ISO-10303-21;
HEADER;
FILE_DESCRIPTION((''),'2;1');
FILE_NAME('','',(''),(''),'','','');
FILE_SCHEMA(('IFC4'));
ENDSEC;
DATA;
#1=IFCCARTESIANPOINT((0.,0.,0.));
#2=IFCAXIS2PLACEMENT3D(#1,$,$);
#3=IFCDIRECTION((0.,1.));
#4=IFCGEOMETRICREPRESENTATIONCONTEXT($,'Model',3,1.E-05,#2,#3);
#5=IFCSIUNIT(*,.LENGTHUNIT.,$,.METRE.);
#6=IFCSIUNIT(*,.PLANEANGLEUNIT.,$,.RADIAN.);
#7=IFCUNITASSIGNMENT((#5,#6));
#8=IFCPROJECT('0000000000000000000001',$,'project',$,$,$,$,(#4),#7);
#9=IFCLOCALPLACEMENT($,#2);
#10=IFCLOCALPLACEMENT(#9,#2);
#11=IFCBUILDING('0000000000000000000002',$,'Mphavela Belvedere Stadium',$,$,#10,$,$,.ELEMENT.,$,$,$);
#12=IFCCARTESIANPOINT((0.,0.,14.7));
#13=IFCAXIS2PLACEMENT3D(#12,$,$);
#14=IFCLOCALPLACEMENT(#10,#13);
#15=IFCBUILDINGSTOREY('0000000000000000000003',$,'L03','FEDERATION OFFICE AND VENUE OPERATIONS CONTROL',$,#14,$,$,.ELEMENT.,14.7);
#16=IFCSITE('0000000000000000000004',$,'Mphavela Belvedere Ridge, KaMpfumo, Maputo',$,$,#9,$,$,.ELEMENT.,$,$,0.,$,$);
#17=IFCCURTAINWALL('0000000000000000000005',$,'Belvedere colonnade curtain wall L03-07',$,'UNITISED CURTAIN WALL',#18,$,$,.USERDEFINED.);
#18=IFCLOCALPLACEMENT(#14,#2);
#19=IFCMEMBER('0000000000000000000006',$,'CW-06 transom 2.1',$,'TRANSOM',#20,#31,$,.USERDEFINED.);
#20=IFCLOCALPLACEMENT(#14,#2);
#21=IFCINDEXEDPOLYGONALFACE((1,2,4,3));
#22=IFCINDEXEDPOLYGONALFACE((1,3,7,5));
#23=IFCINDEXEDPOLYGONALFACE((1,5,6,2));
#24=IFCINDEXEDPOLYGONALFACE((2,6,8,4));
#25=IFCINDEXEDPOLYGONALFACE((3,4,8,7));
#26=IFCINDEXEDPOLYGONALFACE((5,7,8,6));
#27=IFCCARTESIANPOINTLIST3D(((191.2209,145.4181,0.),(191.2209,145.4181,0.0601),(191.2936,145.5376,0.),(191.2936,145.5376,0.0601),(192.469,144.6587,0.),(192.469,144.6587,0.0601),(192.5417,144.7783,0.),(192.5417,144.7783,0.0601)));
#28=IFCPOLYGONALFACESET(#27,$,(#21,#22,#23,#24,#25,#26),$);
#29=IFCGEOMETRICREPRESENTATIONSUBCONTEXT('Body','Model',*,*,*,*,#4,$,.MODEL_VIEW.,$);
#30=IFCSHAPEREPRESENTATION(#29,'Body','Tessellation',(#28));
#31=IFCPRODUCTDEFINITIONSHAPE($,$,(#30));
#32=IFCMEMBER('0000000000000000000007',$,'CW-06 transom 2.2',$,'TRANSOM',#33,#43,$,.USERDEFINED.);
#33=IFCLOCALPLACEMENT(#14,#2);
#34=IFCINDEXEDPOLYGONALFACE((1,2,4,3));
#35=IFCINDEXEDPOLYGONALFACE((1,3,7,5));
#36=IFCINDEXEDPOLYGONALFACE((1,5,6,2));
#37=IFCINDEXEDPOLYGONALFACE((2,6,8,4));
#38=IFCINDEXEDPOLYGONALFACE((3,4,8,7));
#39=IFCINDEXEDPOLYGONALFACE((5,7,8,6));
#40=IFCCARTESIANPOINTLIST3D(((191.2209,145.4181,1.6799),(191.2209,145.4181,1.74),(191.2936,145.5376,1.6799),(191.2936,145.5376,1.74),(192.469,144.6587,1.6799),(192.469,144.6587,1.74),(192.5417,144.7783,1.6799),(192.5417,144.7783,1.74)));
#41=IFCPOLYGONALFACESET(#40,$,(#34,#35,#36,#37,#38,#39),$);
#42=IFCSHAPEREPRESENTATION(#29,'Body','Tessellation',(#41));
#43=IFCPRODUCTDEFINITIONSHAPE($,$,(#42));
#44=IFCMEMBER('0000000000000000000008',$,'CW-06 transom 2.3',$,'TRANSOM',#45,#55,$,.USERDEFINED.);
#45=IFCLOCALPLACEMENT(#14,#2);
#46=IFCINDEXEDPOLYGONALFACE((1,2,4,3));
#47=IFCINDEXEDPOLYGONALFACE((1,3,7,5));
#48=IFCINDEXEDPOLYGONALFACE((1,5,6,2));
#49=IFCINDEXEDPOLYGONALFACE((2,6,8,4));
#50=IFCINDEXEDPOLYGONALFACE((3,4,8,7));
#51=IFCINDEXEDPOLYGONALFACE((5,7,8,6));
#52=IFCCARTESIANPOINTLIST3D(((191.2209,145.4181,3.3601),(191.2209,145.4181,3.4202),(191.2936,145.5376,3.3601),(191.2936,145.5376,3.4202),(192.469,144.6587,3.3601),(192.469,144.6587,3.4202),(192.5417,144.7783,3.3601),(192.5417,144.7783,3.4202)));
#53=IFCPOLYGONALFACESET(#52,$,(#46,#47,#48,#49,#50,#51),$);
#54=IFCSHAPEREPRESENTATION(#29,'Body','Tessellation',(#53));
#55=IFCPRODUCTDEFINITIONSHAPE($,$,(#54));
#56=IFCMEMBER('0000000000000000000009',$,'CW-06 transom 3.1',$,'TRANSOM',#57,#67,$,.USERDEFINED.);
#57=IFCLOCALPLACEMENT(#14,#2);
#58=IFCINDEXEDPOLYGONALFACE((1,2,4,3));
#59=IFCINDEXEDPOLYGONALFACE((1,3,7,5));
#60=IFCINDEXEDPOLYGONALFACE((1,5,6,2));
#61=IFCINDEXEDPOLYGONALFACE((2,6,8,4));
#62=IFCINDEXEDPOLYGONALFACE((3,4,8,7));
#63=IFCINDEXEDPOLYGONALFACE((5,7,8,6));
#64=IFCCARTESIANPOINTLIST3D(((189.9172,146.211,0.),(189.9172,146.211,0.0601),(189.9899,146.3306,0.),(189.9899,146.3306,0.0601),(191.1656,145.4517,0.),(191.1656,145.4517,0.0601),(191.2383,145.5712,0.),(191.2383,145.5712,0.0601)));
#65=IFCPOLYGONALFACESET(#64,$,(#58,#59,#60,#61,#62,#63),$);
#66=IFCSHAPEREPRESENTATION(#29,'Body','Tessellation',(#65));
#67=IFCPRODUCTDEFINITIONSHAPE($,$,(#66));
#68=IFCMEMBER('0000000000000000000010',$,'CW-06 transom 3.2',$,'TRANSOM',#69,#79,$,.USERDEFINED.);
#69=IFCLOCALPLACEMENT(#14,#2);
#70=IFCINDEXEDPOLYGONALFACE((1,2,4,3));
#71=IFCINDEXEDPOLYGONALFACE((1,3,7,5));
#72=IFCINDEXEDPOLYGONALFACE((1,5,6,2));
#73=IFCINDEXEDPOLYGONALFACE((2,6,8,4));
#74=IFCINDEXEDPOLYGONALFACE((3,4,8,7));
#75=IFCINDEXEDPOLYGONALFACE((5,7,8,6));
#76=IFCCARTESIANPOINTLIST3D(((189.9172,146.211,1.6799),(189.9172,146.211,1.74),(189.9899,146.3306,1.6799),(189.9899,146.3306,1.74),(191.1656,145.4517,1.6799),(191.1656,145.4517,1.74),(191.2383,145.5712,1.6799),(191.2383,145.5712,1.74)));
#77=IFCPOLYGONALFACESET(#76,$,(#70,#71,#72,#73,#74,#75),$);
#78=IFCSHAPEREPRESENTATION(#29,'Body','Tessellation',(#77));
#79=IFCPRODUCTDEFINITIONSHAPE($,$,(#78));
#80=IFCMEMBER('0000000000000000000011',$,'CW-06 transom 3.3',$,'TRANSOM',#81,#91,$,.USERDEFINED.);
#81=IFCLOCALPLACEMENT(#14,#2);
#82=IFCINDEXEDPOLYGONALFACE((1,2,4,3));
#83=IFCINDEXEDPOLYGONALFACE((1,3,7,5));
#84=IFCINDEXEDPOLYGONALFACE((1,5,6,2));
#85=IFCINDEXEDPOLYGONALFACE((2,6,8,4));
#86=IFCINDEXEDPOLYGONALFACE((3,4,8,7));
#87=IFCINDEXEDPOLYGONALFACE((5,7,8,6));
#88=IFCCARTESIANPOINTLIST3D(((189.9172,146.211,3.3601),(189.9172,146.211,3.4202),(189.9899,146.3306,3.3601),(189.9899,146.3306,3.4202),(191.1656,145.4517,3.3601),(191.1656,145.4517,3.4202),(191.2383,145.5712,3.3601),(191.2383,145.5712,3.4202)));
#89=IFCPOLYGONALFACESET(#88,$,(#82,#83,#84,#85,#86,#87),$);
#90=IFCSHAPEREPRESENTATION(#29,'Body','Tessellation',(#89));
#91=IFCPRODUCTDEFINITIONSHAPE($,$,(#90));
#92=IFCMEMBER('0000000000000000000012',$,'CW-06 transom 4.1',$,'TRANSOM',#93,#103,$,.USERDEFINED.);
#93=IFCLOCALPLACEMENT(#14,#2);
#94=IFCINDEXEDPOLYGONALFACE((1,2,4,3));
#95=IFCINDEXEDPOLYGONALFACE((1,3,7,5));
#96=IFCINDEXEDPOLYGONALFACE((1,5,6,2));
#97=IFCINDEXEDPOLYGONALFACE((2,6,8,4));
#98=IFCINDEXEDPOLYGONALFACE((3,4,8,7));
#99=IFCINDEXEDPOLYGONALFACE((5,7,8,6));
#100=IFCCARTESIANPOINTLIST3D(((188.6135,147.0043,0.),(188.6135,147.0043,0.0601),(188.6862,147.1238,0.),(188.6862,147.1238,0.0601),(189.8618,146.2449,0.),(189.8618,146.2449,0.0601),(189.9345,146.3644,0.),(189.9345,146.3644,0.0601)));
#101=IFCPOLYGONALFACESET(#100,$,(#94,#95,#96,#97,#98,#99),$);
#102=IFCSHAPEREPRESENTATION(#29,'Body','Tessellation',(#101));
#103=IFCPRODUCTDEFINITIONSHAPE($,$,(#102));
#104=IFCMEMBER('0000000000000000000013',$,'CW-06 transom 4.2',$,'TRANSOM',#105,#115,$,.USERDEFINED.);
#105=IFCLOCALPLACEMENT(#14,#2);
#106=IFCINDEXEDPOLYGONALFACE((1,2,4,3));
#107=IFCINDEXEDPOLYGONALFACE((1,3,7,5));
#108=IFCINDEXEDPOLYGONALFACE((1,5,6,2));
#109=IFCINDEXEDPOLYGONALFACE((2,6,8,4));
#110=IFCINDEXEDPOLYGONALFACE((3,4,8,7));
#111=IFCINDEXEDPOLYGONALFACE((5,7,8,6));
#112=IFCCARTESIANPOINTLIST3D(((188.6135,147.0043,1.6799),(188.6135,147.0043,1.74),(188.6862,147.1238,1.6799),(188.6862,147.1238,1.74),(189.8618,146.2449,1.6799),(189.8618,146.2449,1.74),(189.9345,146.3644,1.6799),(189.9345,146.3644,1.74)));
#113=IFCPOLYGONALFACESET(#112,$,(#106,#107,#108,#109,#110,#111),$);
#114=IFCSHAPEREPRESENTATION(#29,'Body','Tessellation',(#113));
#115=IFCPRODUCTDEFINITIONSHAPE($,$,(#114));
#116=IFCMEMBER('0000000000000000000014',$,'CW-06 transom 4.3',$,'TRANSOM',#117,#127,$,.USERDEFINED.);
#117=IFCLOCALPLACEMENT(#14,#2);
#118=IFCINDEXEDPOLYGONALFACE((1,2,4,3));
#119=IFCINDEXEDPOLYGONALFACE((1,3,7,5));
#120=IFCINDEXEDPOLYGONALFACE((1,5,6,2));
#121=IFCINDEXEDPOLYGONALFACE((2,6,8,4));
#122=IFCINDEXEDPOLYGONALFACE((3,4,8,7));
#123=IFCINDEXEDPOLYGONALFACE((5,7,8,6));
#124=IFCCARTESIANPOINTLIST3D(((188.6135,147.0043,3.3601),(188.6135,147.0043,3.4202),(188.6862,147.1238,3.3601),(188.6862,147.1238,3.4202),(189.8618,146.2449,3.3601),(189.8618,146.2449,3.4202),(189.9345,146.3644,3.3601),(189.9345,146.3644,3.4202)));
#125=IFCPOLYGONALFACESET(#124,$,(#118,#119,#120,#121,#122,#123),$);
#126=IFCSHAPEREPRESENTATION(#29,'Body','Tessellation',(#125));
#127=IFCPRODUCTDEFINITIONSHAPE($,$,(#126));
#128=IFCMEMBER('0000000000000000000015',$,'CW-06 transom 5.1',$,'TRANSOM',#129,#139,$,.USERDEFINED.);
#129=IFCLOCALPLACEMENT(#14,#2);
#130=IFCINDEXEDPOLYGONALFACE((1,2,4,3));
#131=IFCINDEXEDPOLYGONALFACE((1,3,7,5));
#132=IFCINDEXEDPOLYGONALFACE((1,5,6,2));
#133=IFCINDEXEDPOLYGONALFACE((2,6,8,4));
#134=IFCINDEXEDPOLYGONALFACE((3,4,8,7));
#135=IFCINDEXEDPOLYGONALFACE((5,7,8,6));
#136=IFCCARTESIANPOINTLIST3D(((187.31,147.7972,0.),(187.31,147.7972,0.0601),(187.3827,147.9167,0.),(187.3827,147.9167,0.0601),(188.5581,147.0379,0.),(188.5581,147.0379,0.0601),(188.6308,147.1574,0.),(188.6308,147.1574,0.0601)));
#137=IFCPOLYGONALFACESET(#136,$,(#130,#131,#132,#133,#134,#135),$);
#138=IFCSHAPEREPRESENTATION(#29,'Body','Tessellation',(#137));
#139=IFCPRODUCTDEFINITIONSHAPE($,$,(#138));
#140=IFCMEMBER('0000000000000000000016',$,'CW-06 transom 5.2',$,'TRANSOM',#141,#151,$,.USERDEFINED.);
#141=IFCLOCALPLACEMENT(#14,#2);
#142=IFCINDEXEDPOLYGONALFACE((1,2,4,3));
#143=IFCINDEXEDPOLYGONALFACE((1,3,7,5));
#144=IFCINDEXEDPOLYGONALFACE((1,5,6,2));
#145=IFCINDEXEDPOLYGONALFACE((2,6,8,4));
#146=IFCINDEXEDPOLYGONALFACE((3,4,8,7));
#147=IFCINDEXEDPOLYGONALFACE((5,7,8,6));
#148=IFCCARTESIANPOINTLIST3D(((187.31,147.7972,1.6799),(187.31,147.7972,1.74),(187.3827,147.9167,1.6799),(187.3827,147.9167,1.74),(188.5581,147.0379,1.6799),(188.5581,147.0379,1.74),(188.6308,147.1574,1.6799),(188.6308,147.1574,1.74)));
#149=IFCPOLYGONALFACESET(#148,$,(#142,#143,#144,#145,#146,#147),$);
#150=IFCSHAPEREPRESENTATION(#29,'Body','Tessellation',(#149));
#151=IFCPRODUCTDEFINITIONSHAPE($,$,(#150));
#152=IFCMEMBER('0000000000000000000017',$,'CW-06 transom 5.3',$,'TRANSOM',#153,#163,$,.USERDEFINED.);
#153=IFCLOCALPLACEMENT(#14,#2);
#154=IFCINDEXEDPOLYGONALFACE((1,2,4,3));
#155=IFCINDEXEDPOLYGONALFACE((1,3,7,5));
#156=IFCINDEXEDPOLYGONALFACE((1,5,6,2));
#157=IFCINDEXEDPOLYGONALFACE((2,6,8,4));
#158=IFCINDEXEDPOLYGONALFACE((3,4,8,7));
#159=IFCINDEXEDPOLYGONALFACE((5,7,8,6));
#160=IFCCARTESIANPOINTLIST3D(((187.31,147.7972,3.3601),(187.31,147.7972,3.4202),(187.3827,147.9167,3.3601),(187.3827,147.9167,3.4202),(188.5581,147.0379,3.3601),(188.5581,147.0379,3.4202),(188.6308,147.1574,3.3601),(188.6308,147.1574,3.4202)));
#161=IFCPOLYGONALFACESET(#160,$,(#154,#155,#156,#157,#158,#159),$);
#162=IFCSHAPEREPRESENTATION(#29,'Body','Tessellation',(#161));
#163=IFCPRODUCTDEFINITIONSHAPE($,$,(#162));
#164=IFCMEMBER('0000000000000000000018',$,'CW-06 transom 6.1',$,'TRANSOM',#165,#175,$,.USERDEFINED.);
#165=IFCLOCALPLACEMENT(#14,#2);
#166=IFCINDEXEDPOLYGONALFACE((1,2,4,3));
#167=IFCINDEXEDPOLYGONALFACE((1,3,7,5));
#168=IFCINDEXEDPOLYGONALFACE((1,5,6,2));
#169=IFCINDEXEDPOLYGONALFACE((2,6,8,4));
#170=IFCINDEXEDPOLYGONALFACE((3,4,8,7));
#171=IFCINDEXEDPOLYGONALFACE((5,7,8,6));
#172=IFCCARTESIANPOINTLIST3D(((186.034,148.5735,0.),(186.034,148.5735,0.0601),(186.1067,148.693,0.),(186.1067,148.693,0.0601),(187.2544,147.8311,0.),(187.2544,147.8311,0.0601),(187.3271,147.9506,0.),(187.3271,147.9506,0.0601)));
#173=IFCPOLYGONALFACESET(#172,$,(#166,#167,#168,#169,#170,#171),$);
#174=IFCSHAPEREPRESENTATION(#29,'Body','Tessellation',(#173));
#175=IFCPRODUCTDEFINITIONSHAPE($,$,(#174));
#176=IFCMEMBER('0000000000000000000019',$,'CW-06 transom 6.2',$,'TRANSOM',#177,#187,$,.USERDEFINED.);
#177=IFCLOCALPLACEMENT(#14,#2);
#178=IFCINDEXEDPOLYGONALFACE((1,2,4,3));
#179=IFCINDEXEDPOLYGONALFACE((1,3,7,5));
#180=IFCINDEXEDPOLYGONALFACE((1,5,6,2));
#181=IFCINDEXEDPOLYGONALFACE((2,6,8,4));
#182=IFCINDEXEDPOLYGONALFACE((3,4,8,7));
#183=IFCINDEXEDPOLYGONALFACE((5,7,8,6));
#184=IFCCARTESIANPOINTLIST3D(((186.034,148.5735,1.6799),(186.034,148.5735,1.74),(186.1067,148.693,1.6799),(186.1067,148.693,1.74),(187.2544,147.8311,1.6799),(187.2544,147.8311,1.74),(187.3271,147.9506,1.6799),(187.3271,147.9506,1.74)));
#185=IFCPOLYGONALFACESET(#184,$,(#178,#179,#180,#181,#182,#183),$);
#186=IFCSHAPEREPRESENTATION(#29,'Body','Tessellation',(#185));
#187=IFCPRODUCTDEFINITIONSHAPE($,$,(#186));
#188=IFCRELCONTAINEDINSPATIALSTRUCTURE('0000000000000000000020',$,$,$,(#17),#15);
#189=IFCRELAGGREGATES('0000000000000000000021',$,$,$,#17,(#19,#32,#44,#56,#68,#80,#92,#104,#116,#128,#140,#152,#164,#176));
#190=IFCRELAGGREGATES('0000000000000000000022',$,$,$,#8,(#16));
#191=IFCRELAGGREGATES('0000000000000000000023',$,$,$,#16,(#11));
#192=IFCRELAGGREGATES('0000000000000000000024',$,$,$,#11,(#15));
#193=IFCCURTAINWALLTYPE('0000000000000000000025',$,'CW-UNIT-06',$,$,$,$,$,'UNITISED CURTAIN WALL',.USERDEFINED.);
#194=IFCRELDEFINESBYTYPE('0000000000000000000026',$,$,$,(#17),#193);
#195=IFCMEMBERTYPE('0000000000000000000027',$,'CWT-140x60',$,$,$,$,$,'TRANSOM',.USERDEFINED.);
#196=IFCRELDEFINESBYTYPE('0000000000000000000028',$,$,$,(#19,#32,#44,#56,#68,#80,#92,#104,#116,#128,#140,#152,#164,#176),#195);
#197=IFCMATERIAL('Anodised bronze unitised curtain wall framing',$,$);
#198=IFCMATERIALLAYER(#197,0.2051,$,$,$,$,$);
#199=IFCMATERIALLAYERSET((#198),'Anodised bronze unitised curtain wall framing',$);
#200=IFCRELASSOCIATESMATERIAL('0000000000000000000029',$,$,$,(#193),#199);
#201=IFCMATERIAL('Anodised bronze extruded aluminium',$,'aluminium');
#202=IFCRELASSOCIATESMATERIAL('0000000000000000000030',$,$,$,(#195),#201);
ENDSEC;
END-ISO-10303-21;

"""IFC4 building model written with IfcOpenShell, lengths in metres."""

from ifc_helpers import new_model, si_unit, direction, frame, origin, origin_2d, place, context, subcontext, project, spatial, rectangle, extrude, material, layer, layer_set, material_profile, profile_set, type_object, element, aggregate, save


model = new_model("IFC4")

# Units and contexts
model_context = context("Model", 3, precision=1e-05, world=origin(), true_north=direction((0.0, 1.0)))
body_context = subcontext(model_context, "Body", "Model", "MODEL_VIEW")
ifc_project = project(units=[si_unit("LENGTHUNIT", "METRE"), si_unit("PLANEANGLEUNIT", "RADIAN")], contexts=[model_context])

# Site, building, storey
site_placement = place(None, origin())
site = spatial("IfcSite", under=ifc_project, at=site_placement, Name="Mphavela Belvedere Ridge, KaMpfumo, Maputo", CompositionType="ELEMENT", RefElevation=0.0)
building_placement = place(site_placement, origin())
building = spatial("IfcBuilding", under=site, at=building_placement, Name="Mphavela Belvedere Stadium", CompositionType="ELEMENT")
storey_placement = place(building_placement, frame((0.0, 0.0, 14.7)))
storey = spatial("IfcBuildingStorey", under=building, at=storey_placement, Name="L03", Description="FEDERATION OFFICE AND VENUE OPERATIONS CONTROL", CompositionType="ELEMENT", Elevation=14.7)

# Curtain wall, members
ifc_material_1 = material(Name="Anodised bronze unitised curtain wall framing")
ifc_layer_1 = layer(ifc_material_1, 0.2051)
ifc_layer_set_1 = layer_set([ifc_layer_1], Name="Anodised bronze unitised curtain wall framing")
curtain_wall_type = type_object("IfcCurtainWallType", Name="CW-UNIT-06", ElementType="UNITISED CURTAIN WALL", PredefinedType="USERDEFINED", material=ifc_layer_set_1)
curtain_wall_placement = place(storey_placement, origin())
curtain_wall = element("IfcCurtainWall", 1, at=curtain_wall_placement, inside=storey, type_object=curtain_wall_type, Name="Belvedere colonnade curtain wall L03-07", ObjectType="UNITISED CURTAIN WALL", PredefinedType="USERDEFINED")
ifc_material_2 = material(Name="Anodised bronze extruded aluminium", Category="aluminium")
ifc_material_profile_1 = material_profile(ifc_material_2, rectangle(XDim=0.1399, YDim=0.0601, at=origin_2d()), Name="CW-TRN 140x60")
ifc_profile_set_1 = profile_set([ifc_material_profile_1], Name="Anodised bronze extruded aluminium")
member_type_1 = type_object("IfcMemberType", Name="CWT-140x60", ElementType="TRANSOM", PredefinedType="USERDEFINED", material=ifc_profile_set_1)
member_1_placement = place(storey_placement, frame((192.5054, 144.7185, 0.03), z_axis=(-0.854321, 0.519745, 0.0), x_axis=(-0.519745, -0.854321, 0.0)))
member_1 = element("IfcMember", 2, at=member_1_placement, type_object=member_type_1, Name="CW-06 transom 2.1", ObjectType="TRANSOM", PredefinedType="USERDEFINED", context=body_context, shape_type="SweptSolid", body=[
    extrude(rectangle(XDim=0.1399, YDim=0.0601, at=origin_2d()), origin(), (0.0, 0.0, 1.0), 1.4609),
])
member_2_placement = place(storey_placement, frame((192.5054, 144.7185, 1.71), z_axis=(-0.854321, 0.519745, 0.0), x_axis=(-0.519745, -0.854321, 0.0)))
member_2 = element("IfcMember", 3, at=member_2_placement, type_object=member_type_1, Name="CW-06 transom 2.2", ObjectType="TRANSOM", PredefinedType="USERDEFINED", context=body_context, shape_type="SweptSolid", body=[
    extrude(rectangle(XDim=0.1399, YDim=0.0601, at=origin_2d()), origin(), (0.0, 0.0, 1.0), 1.4609),
])
member_3_placement = place(storey_placement, frame((192.5054, 144.7185, 3.3901), z_axis=(-0.854321, 0.519745, 0.0), x_axis=(-0.519745, -0.854321, 0.0)))
member_3 = element("IfcMember", 4, at=member_3_placement, type_object=member_type_1, Name="CW-06 transom 2.3", ObjectType="TRANSOM", PredefinedType="USERDEFINED", context=body_context, shape_type="SweptSolid", body=[
    extrude(rectangle(XDim=0.1399, YDim=0.0601, at=origin_2d()), origin(), (0.0, 0.0, 1.0), 1.4609),
])
member_4_placement = place(storey_placement, frame((191.2019, 145.5115, 0.03), z_axis=(-0.854366, 0.519671, 0.0), x_axis=(-0.519671, -0.854366, 0.0)))
member_4 = element("IfcMember", 5, at=member_4_placement, type_object=member_type_1, Name="CW-06 transom 3.1", ObjectType="TRANSOM", PredefinedType="USERDEFINED", context=body_context, shape_type="SweptSolid", body=[
    extrude(rectangle(XDim=0.1399, YDim=0.0601, at=origin_2d()), origin(), (0.0, 0.0, 1.0), 1.4612),
])
member_5_placement = place(storey_placement, frame((191.2019, 145.5115, 1.71), z_axis=(-0.854366, 0.519671, 0.0), x_axis=(-0.519671, -0.854366, 0.0)))
member_5 = element("IfcMember", 6, at=member_5_placement, type_object=member_type_1, Name="CW-06 transom 3.2", ObjectType="TRANSOM", PredefinedType="USERDEFINED", context=body_context, shape_type="SweptSolid", body=[
    extrude(rectangle(XDim=0.1399, YDim=0.0601, at=origin_2d()), origin(), (0.0, 0.0, 1.0), 1.4612),
])
member_6_placement = place(storey_placement, frame((191.2019, 145.5115, 3.3901), z_axis=(-0.854366, 0.519671, 0.0), x_axis=(-0.519671, -0.854366, 0.0)))
member_6 = element("IfcMember", 7, at=member_6_placement, type_object=member_type_1, Name="CW-06 transom 3.3", ObjectType="TRANSOM", PredefinedType="USERDEFINED", context=body_context, shape_type="SweptSolid", body=[
    extrude(rectangle(XDim=0.1399, YDim=0.0601, at=origin_2d()), origin(), (0.0, 0.0, 1.0), 1.4612),
])
member_7_placement = place(storey_placement, frame((189.8982, 146.3047, 0.03), z_axis=(-0.854366, 0.519671, 0.0), x_axis=(-0.519671, -0.854366, 0.0)))
member_7 = element("IfcMember", 8, at=member_7_placement, type_object=member_type_1, Name="CW-06 transom 4.1", ObjectType="TRANSOM", PredefinedType="USERDEFINED", context=body_context, shape_type="SweptSolid", body=[
    extrude(rectangle(XDim=0.1399, YDim=0.0601, at=origin_2d()), origin(), (0.0, 0.0, 1.0), 1.4612),
])
member_8_placement = place(storey_placement, frame((189.8982, 146.3047, 1.71), z_axis=(-0.854366, 0.519671, 0.0), x_axis=(-0.519671, -0.854366, 0.0)))
member_8 = element("IfcMember", 9, at=member_8_placement, type_object=member_type_1, Name="CW-06 transom 4.2", ObjectType="TRANSOM", PredefinedType="USERDEFINED", context=body_context, shape_type="SweptSolid", body=[
    extrude(rectangle(XDim=0.1399, YDim=0.0601, at=origin_2d()), origin(), (0.0, 0.0, 1.0), 1.4612),
])
member_9_placement = place(storey_placement, frame((189.8982, 146.3047, 3.3901), z_axis=(-0.854366, 0.519671, 0.0), x_axis=(-0.519671, -0.854366, 0.0)))
member_9 = element("IfcMember", 10, at=member_9_placement, type_object=member_type_1, Name="CW-06 transom 4.3", ObjectType="TRANSOM", PredefinedType="USERDEFINED", context=body_context, shape_type="SweptSolid", body=[
    extrude(rectangle(XDim=0.1399, YDim=0.0601, at=origin_2d()), origin(), (0.0, 0.0, 1.0), 1.4612),
])
member_10_placement = place(storey_placement, frame((188.5945, 147.0977, 0.03), z_axis=(-0.854321, 0.519745, 0.0), x_axis=(-0.519745, -0.854321, 0.0)))
member_10 = element("IfcMember", 11, at=member_10_placement, type_object=member_type_1, Name="CW-06 transom 5.1", ObjectType="TRANSOM", PredefinedType="USERDEFINED", context=body_context, shape_type="SweptSolid", body=[
    extrude(rectangle(XDim=0.1399, YDim=0.0601, at=origin_2d()), origin(), (0.0, 0.0, 1.0), 1.4609),
])
member_11_placement = place(storey_placement, frame((188.5945, 147.0977, 1.71), z_axis=(-0.854321, 0.519745, 0.0), x_axis=(-0.519745, -0.854321, 0.0)))
member_11 = element("IfcMember", 12, at=member_11_placement, type_object=member_type_1, Name="CW-06 transom 5.2", ObjectType="TRANSOM", PredefinedType="USERDEFINED", context=body_context, shape_type="SweptSolid", body=[
    extrude(rectangle(XDim=0.1399, YDim=0.0601, at=origin_2d()), origin(), (0.0, 0.0, 1.0), 1.4609),
])
member_12_placement = place(storey_placement, frame((188.5945, 147.0977, 3.3901), z_axis=(-0.854321, 0.519745, 0.0), x_axis=(-0.519745, -0.854321, 0.0)))
member_12 = element("IfcMember", 13, at=member_12_placement, type_object=member_type_1, Name="CW-06 transom 5.3", ObjectType="TRANSOM", PredefinedType="USERDEFINED", context=body_context, shape_type="SweptSolid", body=[
    extrude(rectangle(XDim=0.1399, YDim=0.0601, at=origin_2d()), origin(), (0.0, 0.0, 1.0), 1.4609),
])
member_13_placement = place(storey_placement, frame((187.2908, 147.8909, 0.03), z_axis=(-0.85434, 0.519714, 0.0), x_axis=(-0.519714, -0.85434, 0.0)))
member_13 = element("IfcMember", 14, at=member_13_placement, type_object=member_type_1, Name="CW-06 transom 6.1", ObjectType="TRANSOM", PredefinedType="USERDEFINED", context=body_context, shape_type="SweptSolid", body=[
    extrude(rectangle(XDim=0.1399, YDim=0.0601, at=origin_2d()), origin(), (0.0, 0.0, 1.0), 1.4285),
])
member_14_placement = place(storey_placement, frame((187.2908, 147.8909, 1.71), z_axis=(-0.85434, 0.519714, 0.0), x_axis=(-0.519714, -0.85434, 0.0)))
member_14 = element("IfcMember", 15, at=member_14_placement, type_object=member_type_1, Name="CW-06 transom 6.2", ObjectType="TRANSOM", PredefinedType="USERDEFINED", context=body_context, shape_type="SweptSolid", body=[
    extrude(rectangle(XDim=0.1399, YDim=0.0601, at=origin_2d()), origin(), (0.0, 0.0, 1.0), 1.4285),
])
aggregate(curtain_wall, [member_1, member_2, member_3, member_4, member_5, member_6, member_7, member_8, member_9, member_10, member_11, member_12, member_13, member_14])

save(model, "model.ifc")
